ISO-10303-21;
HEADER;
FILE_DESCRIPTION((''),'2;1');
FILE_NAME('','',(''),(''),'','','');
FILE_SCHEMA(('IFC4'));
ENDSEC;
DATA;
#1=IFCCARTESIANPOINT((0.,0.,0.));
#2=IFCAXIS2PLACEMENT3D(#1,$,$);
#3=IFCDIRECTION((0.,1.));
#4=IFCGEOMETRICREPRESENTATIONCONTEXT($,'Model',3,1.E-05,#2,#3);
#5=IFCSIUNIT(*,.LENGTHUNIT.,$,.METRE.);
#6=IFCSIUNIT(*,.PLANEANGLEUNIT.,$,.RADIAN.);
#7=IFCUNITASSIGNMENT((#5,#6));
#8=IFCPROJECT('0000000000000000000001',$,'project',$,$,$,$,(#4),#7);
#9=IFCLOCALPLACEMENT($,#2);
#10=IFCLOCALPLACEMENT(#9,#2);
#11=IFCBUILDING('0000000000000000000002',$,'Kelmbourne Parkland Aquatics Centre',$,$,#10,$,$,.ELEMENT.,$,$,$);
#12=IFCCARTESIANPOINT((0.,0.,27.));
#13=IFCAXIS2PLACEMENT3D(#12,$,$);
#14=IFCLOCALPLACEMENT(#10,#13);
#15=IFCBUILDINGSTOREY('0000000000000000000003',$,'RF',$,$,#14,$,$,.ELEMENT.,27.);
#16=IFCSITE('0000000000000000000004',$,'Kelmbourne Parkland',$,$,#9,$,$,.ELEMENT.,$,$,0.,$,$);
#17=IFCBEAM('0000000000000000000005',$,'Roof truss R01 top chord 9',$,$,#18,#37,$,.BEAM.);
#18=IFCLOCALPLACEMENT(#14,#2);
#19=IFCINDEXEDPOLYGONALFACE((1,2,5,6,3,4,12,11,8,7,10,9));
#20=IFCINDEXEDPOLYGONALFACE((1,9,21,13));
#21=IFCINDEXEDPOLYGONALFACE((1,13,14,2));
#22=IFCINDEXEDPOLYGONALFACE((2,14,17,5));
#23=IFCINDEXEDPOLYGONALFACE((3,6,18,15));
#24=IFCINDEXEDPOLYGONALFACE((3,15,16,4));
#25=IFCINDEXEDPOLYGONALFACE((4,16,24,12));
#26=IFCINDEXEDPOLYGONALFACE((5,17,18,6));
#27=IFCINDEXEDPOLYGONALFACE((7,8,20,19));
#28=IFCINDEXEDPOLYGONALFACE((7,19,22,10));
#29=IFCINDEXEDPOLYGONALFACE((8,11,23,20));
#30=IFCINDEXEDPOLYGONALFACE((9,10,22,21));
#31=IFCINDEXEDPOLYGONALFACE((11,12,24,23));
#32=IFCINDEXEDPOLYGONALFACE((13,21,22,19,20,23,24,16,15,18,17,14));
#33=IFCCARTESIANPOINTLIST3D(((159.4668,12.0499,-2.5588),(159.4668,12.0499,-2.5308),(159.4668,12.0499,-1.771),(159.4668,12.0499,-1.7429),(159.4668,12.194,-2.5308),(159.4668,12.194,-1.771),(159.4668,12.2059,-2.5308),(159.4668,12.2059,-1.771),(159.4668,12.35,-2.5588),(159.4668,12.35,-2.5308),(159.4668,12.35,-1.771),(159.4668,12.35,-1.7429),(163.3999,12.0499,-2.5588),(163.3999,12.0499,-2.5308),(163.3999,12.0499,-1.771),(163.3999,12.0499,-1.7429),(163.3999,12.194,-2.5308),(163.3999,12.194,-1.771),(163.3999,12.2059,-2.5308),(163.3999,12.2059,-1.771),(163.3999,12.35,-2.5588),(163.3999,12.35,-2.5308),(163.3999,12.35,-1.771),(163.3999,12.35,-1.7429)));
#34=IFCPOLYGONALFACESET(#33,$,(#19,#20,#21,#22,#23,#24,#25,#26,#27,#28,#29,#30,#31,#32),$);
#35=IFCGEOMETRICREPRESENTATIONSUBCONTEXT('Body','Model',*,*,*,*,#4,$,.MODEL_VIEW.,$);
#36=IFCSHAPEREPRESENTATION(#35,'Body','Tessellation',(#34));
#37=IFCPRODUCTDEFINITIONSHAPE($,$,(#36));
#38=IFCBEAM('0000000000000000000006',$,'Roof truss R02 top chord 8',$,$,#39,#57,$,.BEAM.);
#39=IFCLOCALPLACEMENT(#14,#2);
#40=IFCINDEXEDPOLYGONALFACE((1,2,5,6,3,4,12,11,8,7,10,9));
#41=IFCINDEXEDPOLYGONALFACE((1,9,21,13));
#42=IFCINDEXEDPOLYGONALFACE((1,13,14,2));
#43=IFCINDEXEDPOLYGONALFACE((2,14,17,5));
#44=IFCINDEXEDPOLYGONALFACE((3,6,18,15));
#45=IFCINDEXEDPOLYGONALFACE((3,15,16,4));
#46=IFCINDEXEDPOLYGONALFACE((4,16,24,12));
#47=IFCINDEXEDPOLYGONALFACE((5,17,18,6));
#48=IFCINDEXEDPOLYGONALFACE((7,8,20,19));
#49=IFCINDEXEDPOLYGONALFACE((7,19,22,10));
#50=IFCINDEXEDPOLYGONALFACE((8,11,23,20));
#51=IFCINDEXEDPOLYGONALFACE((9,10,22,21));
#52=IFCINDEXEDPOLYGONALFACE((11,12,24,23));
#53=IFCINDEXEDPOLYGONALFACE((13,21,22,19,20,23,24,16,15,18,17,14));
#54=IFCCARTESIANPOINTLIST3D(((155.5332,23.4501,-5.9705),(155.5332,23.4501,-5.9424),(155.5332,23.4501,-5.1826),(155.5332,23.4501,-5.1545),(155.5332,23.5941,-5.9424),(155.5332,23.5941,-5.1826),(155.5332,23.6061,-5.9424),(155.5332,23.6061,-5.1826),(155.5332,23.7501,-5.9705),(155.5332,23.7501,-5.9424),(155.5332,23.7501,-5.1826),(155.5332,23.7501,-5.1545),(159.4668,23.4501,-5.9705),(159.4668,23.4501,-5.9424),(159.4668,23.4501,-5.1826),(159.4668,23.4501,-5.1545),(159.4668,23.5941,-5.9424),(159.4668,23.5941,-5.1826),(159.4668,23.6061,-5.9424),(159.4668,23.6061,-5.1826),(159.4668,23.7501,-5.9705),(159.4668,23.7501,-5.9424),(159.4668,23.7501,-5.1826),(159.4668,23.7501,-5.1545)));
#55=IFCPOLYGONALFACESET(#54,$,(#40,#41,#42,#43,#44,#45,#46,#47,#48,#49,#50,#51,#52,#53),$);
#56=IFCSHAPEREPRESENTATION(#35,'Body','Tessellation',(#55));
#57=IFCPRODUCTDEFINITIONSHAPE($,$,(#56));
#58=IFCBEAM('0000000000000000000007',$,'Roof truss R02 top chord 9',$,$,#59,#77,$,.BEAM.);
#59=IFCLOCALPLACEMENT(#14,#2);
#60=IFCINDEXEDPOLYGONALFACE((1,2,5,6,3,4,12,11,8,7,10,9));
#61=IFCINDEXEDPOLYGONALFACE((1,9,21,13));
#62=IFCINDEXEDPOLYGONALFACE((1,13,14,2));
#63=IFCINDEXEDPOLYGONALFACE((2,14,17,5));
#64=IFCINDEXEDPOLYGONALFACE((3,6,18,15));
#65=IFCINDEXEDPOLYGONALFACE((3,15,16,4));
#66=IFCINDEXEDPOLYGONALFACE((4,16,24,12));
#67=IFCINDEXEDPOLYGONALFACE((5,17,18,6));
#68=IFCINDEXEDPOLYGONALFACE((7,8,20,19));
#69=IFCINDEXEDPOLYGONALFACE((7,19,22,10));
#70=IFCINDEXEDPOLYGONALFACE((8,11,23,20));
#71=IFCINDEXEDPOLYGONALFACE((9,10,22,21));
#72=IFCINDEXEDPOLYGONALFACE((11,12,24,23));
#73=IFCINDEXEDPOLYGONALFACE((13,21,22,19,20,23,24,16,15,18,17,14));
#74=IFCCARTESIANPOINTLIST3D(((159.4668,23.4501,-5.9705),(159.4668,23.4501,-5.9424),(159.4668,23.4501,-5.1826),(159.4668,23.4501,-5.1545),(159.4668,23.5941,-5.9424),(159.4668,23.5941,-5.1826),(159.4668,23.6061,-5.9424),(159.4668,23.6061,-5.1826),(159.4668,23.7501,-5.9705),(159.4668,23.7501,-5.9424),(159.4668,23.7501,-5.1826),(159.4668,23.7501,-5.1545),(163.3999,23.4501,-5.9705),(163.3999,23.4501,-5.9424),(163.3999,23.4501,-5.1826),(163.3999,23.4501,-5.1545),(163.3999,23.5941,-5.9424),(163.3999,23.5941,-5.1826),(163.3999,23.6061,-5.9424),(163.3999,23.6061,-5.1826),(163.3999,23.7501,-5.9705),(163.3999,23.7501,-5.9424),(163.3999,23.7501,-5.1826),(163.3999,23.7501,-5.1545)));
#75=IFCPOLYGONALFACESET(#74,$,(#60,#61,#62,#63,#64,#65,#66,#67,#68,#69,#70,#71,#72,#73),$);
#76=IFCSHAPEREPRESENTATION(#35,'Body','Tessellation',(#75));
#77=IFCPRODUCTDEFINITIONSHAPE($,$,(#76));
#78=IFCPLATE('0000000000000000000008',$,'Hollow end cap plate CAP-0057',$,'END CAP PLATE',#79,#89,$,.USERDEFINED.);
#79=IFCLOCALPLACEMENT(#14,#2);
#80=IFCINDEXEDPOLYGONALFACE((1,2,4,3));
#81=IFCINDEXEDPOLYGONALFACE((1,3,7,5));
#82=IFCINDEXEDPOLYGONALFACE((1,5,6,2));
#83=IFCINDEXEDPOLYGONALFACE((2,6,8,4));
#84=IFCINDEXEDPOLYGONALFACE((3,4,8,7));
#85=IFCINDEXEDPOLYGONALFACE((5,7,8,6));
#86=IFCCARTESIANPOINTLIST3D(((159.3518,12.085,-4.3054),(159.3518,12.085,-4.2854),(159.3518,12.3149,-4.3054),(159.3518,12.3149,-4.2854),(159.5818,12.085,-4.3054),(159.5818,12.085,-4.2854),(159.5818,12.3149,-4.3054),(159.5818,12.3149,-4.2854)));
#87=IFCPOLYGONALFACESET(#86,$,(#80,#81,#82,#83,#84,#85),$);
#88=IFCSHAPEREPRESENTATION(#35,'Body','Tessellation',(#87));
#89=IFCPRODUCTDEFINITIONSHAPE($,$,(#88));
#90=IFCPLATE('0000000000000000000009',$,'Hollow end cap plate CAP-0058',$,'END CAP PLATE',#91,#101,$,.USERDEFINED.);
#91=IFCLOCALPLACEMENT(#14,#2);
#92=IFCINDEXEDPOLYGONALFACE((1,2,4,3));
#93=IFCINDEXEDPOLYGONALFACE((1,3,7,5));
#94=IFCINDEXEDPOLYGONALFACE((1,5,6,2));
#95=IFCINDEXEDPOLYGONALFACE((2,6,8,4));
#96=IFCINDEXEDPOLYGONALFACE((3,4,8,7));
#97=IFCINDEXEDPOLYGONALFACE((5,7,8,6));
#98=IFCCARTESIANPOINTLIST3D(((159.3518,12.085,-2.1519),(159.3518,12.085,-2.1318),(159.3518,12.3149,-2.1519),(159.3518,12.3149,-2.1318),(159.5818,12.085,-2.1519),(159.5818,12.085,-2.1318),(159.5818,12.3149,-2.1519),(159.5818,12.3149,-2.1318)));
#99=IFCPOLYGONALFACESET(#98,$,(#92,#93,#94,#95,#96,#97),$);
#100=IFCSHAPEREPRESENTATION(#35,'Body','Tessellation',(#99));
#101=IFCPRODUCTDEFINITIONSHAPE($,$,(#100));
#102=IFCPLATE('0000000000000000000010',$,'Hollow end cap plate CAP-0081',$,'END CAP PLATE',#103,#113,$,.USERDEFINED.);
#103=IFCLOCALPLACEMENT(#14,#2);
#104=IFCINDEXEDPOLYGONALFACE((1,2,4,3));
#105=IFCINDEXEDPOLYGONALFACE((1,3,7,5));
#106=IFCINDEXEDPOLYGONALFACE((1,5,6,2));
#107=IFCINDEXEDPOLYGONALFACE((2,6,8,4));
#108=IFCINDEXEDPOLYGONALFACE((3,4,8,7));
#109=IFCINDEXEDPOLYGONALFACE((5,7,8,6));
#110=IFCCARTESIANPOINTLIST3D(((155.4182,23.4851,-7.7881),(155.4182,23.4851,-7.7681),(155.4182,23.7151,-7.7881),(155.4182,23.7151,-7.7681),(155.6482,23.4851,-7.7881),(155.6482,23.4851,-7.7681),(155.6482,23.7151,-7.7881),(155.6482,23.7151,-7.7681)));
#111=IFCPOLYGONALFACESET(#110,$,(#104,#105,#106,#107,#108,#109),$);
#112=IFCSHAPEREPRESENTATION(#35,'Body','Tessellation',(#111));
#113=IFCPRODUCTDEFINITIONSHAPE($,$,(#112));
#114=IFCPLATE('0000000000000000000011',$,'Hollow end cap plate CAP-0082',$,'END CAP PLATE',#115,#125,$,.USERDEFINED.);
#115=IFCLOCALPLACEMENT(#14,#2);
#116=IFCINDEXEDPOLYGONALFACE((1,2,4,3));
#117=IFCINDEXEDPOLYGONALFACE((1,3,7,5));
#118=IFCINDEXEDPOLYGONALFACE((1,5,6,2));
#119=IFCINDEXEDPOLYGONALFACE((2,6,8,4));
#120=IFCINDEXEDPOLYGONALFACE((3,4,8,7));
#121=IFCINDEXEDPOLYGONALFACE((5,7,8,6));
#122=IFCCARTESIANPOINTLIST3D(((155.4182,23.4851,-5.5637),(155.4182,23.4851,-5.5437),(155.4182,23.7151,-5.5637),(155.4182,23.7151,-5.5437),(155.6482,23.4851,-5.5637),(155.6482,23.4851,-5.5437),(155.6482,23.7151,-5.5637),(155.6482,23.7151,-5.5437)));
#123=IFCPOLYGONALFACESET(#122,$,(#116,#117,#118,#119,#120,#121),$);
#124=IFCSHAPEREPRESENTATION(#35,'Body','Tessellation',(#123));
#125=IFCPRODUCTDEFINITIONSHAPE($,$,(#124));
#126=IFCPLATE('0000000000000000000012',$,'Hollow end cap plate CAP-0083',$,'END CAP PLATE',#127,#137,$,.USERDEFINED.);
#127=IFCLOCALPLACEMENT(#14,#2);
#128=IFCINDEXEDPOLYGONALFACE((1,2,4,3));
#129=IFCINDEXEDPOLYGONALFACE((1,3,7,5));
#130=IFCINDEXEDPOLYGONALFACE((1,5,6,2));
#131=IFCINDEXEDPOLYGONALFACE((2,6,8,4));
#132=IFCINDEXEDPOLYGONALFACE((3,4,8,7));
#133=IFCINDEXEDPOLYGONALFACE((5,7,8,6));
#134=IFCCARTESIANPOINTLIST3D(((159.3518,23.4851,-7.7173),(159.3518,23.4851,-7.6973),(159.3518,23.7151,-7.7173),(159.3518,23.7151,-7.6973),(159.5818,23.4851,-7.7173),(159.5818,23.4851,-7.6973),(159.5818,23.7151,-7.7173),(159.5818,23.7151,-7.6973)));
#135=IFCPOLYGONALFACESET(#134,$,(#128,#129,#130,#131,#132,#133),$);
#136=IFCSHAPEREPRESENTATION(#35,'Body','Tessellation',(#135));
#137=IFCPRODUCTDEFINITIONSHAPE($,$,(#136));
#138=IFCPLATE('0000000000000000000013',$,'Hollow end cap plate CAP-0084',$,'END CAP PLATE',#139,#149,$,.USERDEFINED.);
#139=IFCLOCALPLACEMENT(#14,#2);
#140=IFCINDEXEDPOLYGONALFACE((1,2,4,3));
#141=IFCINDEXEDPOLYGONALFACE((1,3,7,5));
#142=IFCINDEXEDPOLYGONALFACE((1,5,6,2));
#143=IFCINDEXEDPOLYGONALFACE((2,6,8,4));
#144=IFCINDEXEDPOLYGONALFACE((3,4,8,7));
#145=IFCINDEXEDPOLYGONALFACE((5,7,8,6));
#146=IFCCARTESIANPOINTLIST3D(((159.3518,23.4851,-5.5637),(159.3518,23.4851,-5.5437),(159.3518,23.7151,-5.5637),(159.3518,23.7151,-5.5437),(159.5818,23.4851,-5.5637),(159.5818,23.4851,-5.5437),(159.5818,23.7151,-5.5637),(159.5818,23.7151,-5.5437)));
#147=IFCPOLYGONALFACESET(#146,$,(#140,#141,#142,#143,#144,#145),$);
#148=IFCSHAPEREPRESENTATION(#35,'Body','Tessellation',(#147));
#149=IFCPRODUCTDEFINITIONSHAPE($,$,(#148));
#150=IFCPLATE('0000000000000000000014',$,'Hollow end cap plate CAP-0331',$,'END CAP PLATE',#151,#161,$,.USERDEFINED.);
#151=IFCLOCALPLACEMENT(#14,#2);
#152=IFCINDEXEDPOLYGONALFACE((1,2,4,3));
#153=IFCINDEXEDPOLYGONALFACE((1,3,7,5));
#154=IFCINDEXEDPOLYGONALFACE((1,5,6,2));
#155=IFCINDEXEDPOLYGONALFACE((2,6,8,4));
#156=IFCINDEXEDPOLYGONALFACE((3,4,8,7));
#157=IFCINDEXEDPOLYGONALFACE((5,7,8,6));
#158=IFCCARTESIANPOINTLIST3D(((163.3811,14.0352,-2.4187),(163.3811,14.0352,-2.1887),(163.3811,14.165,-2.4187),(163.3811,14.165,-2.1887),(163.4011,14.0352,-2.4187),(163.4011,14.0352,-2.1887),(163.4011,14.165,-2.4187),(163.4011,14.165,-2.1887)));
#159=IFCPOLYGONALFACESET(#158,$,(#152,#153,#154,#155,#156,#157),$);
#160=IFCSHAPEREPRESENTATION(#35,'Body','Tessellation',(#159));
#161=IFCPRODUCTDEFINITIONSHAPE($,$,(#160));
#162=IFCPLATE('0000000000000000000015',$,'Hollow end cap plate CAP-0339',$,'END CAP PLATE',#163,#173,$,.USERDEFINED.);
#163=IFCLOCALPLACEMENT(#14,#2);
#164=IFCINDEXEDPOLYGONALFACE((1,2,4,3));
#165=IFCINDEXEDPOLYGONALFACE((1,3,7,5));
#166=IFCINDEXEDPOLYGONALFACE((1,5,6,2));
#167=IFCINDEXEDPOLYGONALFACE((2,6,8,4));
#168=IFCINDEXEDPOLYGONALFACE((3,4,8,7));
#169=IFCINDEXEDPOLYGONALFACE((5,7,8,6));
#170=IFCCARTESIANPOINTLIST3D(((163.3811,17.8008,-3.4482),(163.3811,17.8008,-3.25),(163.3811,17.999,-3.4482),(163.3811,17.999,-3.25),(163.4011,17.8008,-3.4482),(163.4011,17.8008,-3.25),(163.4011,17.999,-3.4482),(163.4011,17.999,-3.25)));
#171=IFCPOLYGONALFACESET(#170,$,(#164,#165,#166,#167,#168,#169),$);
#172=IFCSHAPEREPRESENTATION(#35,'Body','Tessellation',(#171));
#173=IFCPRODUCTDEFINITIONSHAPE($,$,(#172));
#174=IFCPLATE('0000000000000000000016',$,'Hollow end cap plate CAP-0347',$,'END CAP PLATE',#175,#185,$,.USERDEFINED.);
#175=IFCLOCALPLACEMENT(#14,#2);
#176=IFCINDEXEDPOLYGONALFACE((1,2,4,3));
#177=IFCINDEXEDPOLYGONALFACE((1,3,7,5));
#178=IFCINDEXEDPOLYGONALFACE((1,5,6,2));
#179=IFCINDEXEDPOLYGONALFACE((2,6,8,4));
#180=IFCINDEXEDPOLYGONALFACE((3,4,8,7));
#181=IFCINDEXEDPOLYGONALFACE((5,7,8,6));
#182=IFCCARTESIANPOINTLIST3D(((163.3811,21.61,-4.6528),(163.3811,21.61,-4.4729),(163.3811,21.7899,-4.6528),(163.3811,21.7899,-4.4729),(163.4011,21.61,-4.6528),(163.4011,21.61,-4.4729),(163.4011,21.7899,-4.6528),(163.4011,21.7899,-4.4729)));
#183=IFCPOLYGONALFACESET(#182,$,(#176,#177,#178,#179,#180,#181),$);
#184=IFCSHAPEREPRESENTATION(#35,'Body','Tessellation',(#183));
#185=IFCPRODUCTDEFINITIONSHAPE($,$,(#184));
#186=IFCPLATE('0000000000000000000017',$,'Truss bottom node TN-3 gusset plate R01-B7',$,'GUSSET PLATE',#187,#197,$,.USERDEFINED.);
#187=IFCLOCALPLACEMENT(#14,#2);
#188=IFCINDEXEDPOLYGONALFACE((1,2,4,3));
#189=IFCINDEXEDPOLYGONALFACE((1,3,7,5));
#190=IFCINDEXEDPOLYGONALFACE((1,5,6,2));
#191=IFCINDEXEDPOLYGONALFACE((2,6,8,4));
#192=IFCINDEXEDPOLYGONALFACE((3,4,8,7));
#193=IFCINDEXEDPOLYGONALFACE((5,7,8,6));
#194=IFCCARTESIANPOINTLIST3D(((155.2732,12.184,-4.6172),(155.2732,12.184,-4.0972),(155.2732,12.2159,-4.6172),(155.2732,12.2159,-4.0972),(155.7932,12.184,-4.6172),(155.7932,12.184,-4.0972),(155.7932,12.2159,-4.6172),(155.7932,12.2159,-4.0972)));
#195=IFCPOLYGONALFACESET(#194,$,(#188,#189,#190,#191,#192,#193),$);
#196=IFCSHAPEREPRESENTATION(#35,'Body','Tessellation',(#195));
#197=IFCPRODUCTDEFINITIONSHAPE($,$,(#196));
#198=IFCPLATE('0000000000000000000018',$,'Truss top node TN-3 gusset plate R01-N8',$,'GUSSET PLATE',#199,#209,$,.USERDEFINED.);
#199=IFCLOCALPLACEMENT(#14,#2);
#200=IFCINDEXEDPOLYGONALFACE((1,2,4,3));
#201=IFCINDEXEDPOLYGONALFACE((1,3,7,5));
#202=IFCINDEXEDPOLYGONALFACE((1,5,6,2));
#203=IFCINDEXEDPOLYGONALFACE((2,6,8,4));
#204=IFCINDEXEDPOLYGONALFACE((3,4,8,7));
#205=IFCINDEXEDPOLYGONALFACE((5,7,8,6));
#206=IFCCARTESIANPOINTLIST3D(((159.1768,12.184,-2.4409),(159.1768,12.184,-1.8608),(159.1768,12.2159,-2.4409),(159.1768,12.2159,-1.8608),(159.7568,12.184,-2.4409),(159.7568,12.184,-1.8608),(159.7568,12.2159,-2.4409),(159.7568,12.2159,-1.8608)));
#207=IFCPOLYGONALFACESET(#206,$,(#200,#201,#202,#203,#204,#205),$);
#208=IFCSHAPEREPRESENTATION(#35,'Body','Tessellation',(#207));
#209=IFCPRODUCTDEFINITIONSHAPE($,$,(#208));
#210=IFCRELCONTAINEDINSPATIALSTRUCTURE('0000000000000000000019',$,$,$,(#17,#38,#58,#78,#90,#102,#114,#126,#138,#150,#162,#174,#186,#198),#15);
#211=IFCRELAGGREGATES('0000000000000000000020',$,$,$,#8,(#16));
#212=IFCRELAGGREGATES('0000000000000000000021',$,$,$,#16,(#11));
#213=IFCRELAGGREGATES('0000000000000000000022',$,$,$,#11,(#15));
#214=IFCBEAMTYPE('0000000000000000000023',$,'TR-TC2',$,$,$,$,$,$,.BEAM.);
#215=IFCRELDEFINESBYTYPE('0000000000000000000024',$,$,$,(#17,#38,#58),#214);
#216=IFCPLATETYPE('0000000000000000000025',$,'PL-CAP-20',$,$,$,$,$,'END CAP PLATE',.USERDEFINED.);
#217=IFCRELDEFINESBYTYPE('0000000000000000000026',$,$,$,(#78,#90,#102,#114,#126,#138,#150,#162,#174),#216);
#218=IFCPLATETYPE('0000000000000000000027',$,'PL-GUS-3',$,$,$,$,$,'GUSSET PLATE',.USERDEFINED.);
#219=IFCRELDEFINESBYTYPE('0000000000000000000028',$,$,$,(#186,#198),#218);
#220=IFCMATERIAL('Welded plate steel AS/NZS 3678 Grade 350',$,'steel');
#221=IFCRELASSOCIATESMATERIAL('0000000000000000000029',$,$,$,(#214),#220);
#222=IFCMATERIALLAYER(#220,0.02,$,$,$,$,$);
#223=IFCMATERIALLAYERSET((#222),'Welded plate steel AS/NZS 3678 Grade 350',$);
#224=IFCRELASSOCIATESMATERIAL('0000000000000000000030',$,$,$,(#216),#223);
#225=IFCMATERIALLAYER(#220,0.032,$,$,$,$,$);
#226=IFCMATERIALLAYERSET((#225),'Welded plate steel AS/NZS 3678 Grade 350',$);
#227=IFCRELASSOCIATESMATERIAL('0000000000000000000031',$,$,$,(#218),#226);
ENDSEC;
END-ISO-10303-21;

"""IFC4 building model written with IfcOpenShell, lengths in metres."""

from ifc_helpers import new_model, si_unit, direction, frame, origin, origin_2d, place, context, subcontext, project, spatial, rectangle, i_section, extrude, material, layer, layer_set, material_profile, profile_set, type_object, element, save


model = new_model("IFC4")

# Units and contexts
model_context = context("Model", 3, precision=1e-05, world=origin(), true_north=direction((0.0, 1.0)))
body_context = subcontext(model_context, "Body", "Model", "MODEL_VIEW")
ifc_project = project(units=[si_unit("LENGTHUNIT", "METRE"), si_unit("PLANEANGLEUNIT", "RADIAN")], contexts=[model_context])

# Site, building, storey
site_placement = place(None, origin())
site = spatial("IfcSite", under=ifc_project, at=site_placement, Name="Kelmbourne Parkland", CompositionType="ELEMENT", RefElevation=0.0)
building_placement = place(site_placement, origin())
building = spatial("IfcBuilding", under=site, at=building_placement, Name="Kelmbourne Parkland Aquatics Centre", CompositionType="ELEMENT")
storey_placement = place(building_placement, frame((0.0, 0.0, 27.0)))
storey = spatial("IfcBuildingStorey", under=building, at=storey_placement, Name="RF", CompositionType="ELEMENT", Elevation=27.0)

# Beams
ifc_material_1 = material(Name="Welded plate steel AS/NZS 3678 Grade 350", Category="steel")
ifc_material_profile_1 = material_profile(ifc_material_1, i_section(OverallWidth=0.3, OverallDepth=0.8159, WebThickness=0.012, FlangeThickness=0.0281, at=origin_2d()), Name="800WB192")
ifc_profile_set_1 = profile_set([ifc_material_profile_1], Name="Welded plate steel AS/NZS 3678 Grade 350")
beam_type_1 = type_object("IfcBeamType", Name="TR-TC2", PredefinedType="BEAM", material=ifc_profile_set_1)
beam_1_placement = place(storey_placement, frame((159.4668, 12.2, -2.1509), z_axis=(1.0, 0.0, 0.0), x_axis=(0.0, 1.0, 0.0)))
element("IfcBeam", 1, at=beam_1_placement, inside=storey, type_object=beam_type_1, Name="Roof truss R01 top chord 9", PredefinedType="BEAM", context=body_context, shape_type="SweptSolid", body=[
    extrude(i_section(OverallWidth=0.3, OverallDepth=0.8159, WebThickness=0.012, FlangeThickness=0.0281, at=origin_2d()), origin(), (0.0, 0.0, 1.0), 3.9331),
])
beam_2_placement = place(storey_placement, frame((155.5332, 23.6001, -5.5625), z_axis=(1.0, 0.0, 0.0), x_axis=(0.0, 1.0, 0.0)))
element("IfcBeam", 2, at=beam_2_placement, inside=storey, type_object=beam_type_1, Name="Roof truss R02 top chord 8", PredefinedType="BEAM", context=body_context, shape_type="SweptSolid", body=[
    extrude(i_section(OverallWidth=0.3, OverallDepth=0.8159, WebThickness=0.012, FlangeThickness=0.0281, at=origin_2d()), origin(), (0.0, 0.0, 1.0), 3.9336),
])
beam_3_placement = place(storey_placement, frame((159.4668, 23.6001, -5.5625), z_axis=(1.0, 0.0, 0.0), x_axis=(0.0, 1.0, 0.0)))
element("IfcBeam", 3, at=beam_3_placement, inside=storey, type_object=beam_type_1, Name="Roof truss R02 top chord 9", PredefinedType="BEAM", context=body_context, shape_type="SweptSolid", body=[
    extrude(i_section(OverallWidth=0.3, OverallDepth=0.8159, WebThickness=0.012, FlangeThickness=0.0281, at=origin_2d()), origin(), (0.0, 0.0, 1.0), 3.9331),
])

# Plates
ifc_layer_1 = layer(ifc_material_1, 0.02)
ifc_layer_set_1 = layer_set([ifc_layer_1], Name="Welded plate steel AS/NZS 3678 Grade 350")
plate_type_1 = type_object("IfcPlateType", Name="PL-CAP-20", ElementType="END CAP PLATE", PredefinedType="USERDEFINED", material=ifc_layer_set_1)
for number, where, z_axis, x_axis, name in (
    (4, (159.4668, 12.2, -4.3054), (0.0, 0.0, 1.0), (1.0, 0.0, 0.0), "Hollow end cap plate CAP-0057"),
    (5, (159.4668, 12.2, -2.1519), (0.0, 0.0, 1.0), (1.0, 0.0, 0.0), "Hollow end cap plate CAP-0058"),
    (6, (155.5332, 23.6001, -7.7881), (0.0, 0.0, 1.0), (1.0, 0.0, 0.0), "Hollow end cap plate CAP-0081"),
    (7, (155.5332, 23.6001, -5.5637), (0.0, 0.0, 1.0), (1.0, 0.0, 0.0), "Hollow end cap plate CAP-0082"),
    (8, (159.4668, 23.6001, -7.7173), (0.0, 0.0, 1.0), (1.0, 0.0, 0.0), "Hollow end cap plate CAP-0083"),
    (9, (159.4668, 23.6001, -5.5637), (0.0, 0.0, 1.0), (1.0, 0.0, 0.0), "Hollow end cap plate CAP-0084"),
):
    element("IfcPlate", number, at=place(storey_placement, frame(where, z_axis=z_axis, x_axis=x_axis)), inside=storey, type_object=plate_type_1, Name=name, ObjectType="END CAP PLATE", PredefinedType="USERDEFINED", context=body_context, shape_type="SweptSolid", body=[
        extrude(rectangle(XDim=0.23, YDim=0.23, at=origin_2d()), origin(), (0.0, 0.0, 1.0), 0.02),
    ])
plate_1_placement = place(storey_placement, frame((163.3911, 14.1001, -2.4187), z_axis=(0.0, 0.0, 1.0), x_axis=(-1.0, 0.0, 0.0)))
element("IfcPlate", 10, at=plate_1_placement, inside=storey, type_object=plate_type_1, Name="Hollow end cap plate CAP-0331", ObjectType="END CAP PLATE", PredefinedType="USERDEFINED", context=body_context, shape_type="SweptSolid", body=[
    extrude(rectangle(XDim=0.02, YDim=0.1299, at=origin_2d()), origin(), (0.0, 0.0, 1.0), 0.23),
])
plate_2_placement = place(storey_placement, frame((163.3911, 17.8999, -3.4482), z_axis=(0.0, 0.0, 1.0), x_axis=(-1.0, 0.0, 0.0)))
element("IfcPlate", 11, at=plate_2_placement, inside=storey, type_object=plate_type_1, Name="Hollow end cap plate CAP-0339", ObjectType="END CAP PLATE", PredefinedType="USERDEFINED", context=body_context, shape_type="SweptSolid", body=[
    extrude(rectangle(XDim=0.02, YDim=0.1982, at=origin_2d()), origin(), (0.0, 0.0, 1.0), 0.1982),
])
plate_3_placement = place(storey_placement, frame((163.3911, 21.7, -4.6528), z_axis=(0.0, 0.0, 1.0), x_axis=(-1.0, 0.0, 0.0)))
element("IfcPlate", 12, at=plate_3_placement, inside=storey, type_object=plate_type_1, Name="Hollow end cap plate CAP-0347", ObjectType="END CAP PLATE", PredefinedType="USERDEFINED", context=body_context, shape_type="SweptSolid", body=[
    extrude(rectangle(XDim=0.02, YDim=0.1799, at=origin_2d()), origin(), (0.0, 0.0, 1.0), 0.1799),
])
ifc_layer_2 = layer(ifc_material_1, 0.032)
ifc_layer_set_2 = layer_set([ifc_layer_2], Name="Welded plate steel AS/NZS 3678 Grade 350")
plate_type_2 = type_object("IfcPlateType", Name="PL-GUS-3", ElementType="GUSSET PLATE", PredefinedType="USERDEFINED", material=ifc_layer_set_2)
plate_4_placement = place(storey_placement, frame((155.5332, 12.2, -4.6172), z_axis=(0.0, 0.0, 1.0), x_axis=(1.0, 0.0, 0.0)))
element("IfcPlate", 13, at=plate_4_placement, inside=storey, type_object=plate_type_2, Name="Truss bottom node TN-3 gusset plate R01-B7", ObjectType="GUSSET PLATE", PredefinedType="USERDEFINED", context=body_context, shape_type="SweptSolid", body=[
    extrude(rectangle(XDim=0.52, YDim=0.032, at=origin_2d()), origin(), (0.0, 0.0, 1.0), 0.52),
])
plate_5_placement = place(storey_placement, frame((159.4668, 12.2, -2.4409), z_axis=(0.0, 0.0, 1.0), x_axis=(1.0, 0.0, 0.0)))
element("IfcPlate", 14, at=plate_5_placement, inside=storey, type_object=plate_type_2, Name="Truss top node TN-3 gusset plate R01-N8", ObjectType="GUSSET PLATE", PredefinedType="USERDEFINED", context=body_context, shape_type="SweptSolid", body=[
    extrude(rectangle(XDim=0.5801, YDim=0.032, at=origin_2d()), origin(), (0.0, 0.0, 1.0), 0.5801),
])

save(model, "model.ifc")
